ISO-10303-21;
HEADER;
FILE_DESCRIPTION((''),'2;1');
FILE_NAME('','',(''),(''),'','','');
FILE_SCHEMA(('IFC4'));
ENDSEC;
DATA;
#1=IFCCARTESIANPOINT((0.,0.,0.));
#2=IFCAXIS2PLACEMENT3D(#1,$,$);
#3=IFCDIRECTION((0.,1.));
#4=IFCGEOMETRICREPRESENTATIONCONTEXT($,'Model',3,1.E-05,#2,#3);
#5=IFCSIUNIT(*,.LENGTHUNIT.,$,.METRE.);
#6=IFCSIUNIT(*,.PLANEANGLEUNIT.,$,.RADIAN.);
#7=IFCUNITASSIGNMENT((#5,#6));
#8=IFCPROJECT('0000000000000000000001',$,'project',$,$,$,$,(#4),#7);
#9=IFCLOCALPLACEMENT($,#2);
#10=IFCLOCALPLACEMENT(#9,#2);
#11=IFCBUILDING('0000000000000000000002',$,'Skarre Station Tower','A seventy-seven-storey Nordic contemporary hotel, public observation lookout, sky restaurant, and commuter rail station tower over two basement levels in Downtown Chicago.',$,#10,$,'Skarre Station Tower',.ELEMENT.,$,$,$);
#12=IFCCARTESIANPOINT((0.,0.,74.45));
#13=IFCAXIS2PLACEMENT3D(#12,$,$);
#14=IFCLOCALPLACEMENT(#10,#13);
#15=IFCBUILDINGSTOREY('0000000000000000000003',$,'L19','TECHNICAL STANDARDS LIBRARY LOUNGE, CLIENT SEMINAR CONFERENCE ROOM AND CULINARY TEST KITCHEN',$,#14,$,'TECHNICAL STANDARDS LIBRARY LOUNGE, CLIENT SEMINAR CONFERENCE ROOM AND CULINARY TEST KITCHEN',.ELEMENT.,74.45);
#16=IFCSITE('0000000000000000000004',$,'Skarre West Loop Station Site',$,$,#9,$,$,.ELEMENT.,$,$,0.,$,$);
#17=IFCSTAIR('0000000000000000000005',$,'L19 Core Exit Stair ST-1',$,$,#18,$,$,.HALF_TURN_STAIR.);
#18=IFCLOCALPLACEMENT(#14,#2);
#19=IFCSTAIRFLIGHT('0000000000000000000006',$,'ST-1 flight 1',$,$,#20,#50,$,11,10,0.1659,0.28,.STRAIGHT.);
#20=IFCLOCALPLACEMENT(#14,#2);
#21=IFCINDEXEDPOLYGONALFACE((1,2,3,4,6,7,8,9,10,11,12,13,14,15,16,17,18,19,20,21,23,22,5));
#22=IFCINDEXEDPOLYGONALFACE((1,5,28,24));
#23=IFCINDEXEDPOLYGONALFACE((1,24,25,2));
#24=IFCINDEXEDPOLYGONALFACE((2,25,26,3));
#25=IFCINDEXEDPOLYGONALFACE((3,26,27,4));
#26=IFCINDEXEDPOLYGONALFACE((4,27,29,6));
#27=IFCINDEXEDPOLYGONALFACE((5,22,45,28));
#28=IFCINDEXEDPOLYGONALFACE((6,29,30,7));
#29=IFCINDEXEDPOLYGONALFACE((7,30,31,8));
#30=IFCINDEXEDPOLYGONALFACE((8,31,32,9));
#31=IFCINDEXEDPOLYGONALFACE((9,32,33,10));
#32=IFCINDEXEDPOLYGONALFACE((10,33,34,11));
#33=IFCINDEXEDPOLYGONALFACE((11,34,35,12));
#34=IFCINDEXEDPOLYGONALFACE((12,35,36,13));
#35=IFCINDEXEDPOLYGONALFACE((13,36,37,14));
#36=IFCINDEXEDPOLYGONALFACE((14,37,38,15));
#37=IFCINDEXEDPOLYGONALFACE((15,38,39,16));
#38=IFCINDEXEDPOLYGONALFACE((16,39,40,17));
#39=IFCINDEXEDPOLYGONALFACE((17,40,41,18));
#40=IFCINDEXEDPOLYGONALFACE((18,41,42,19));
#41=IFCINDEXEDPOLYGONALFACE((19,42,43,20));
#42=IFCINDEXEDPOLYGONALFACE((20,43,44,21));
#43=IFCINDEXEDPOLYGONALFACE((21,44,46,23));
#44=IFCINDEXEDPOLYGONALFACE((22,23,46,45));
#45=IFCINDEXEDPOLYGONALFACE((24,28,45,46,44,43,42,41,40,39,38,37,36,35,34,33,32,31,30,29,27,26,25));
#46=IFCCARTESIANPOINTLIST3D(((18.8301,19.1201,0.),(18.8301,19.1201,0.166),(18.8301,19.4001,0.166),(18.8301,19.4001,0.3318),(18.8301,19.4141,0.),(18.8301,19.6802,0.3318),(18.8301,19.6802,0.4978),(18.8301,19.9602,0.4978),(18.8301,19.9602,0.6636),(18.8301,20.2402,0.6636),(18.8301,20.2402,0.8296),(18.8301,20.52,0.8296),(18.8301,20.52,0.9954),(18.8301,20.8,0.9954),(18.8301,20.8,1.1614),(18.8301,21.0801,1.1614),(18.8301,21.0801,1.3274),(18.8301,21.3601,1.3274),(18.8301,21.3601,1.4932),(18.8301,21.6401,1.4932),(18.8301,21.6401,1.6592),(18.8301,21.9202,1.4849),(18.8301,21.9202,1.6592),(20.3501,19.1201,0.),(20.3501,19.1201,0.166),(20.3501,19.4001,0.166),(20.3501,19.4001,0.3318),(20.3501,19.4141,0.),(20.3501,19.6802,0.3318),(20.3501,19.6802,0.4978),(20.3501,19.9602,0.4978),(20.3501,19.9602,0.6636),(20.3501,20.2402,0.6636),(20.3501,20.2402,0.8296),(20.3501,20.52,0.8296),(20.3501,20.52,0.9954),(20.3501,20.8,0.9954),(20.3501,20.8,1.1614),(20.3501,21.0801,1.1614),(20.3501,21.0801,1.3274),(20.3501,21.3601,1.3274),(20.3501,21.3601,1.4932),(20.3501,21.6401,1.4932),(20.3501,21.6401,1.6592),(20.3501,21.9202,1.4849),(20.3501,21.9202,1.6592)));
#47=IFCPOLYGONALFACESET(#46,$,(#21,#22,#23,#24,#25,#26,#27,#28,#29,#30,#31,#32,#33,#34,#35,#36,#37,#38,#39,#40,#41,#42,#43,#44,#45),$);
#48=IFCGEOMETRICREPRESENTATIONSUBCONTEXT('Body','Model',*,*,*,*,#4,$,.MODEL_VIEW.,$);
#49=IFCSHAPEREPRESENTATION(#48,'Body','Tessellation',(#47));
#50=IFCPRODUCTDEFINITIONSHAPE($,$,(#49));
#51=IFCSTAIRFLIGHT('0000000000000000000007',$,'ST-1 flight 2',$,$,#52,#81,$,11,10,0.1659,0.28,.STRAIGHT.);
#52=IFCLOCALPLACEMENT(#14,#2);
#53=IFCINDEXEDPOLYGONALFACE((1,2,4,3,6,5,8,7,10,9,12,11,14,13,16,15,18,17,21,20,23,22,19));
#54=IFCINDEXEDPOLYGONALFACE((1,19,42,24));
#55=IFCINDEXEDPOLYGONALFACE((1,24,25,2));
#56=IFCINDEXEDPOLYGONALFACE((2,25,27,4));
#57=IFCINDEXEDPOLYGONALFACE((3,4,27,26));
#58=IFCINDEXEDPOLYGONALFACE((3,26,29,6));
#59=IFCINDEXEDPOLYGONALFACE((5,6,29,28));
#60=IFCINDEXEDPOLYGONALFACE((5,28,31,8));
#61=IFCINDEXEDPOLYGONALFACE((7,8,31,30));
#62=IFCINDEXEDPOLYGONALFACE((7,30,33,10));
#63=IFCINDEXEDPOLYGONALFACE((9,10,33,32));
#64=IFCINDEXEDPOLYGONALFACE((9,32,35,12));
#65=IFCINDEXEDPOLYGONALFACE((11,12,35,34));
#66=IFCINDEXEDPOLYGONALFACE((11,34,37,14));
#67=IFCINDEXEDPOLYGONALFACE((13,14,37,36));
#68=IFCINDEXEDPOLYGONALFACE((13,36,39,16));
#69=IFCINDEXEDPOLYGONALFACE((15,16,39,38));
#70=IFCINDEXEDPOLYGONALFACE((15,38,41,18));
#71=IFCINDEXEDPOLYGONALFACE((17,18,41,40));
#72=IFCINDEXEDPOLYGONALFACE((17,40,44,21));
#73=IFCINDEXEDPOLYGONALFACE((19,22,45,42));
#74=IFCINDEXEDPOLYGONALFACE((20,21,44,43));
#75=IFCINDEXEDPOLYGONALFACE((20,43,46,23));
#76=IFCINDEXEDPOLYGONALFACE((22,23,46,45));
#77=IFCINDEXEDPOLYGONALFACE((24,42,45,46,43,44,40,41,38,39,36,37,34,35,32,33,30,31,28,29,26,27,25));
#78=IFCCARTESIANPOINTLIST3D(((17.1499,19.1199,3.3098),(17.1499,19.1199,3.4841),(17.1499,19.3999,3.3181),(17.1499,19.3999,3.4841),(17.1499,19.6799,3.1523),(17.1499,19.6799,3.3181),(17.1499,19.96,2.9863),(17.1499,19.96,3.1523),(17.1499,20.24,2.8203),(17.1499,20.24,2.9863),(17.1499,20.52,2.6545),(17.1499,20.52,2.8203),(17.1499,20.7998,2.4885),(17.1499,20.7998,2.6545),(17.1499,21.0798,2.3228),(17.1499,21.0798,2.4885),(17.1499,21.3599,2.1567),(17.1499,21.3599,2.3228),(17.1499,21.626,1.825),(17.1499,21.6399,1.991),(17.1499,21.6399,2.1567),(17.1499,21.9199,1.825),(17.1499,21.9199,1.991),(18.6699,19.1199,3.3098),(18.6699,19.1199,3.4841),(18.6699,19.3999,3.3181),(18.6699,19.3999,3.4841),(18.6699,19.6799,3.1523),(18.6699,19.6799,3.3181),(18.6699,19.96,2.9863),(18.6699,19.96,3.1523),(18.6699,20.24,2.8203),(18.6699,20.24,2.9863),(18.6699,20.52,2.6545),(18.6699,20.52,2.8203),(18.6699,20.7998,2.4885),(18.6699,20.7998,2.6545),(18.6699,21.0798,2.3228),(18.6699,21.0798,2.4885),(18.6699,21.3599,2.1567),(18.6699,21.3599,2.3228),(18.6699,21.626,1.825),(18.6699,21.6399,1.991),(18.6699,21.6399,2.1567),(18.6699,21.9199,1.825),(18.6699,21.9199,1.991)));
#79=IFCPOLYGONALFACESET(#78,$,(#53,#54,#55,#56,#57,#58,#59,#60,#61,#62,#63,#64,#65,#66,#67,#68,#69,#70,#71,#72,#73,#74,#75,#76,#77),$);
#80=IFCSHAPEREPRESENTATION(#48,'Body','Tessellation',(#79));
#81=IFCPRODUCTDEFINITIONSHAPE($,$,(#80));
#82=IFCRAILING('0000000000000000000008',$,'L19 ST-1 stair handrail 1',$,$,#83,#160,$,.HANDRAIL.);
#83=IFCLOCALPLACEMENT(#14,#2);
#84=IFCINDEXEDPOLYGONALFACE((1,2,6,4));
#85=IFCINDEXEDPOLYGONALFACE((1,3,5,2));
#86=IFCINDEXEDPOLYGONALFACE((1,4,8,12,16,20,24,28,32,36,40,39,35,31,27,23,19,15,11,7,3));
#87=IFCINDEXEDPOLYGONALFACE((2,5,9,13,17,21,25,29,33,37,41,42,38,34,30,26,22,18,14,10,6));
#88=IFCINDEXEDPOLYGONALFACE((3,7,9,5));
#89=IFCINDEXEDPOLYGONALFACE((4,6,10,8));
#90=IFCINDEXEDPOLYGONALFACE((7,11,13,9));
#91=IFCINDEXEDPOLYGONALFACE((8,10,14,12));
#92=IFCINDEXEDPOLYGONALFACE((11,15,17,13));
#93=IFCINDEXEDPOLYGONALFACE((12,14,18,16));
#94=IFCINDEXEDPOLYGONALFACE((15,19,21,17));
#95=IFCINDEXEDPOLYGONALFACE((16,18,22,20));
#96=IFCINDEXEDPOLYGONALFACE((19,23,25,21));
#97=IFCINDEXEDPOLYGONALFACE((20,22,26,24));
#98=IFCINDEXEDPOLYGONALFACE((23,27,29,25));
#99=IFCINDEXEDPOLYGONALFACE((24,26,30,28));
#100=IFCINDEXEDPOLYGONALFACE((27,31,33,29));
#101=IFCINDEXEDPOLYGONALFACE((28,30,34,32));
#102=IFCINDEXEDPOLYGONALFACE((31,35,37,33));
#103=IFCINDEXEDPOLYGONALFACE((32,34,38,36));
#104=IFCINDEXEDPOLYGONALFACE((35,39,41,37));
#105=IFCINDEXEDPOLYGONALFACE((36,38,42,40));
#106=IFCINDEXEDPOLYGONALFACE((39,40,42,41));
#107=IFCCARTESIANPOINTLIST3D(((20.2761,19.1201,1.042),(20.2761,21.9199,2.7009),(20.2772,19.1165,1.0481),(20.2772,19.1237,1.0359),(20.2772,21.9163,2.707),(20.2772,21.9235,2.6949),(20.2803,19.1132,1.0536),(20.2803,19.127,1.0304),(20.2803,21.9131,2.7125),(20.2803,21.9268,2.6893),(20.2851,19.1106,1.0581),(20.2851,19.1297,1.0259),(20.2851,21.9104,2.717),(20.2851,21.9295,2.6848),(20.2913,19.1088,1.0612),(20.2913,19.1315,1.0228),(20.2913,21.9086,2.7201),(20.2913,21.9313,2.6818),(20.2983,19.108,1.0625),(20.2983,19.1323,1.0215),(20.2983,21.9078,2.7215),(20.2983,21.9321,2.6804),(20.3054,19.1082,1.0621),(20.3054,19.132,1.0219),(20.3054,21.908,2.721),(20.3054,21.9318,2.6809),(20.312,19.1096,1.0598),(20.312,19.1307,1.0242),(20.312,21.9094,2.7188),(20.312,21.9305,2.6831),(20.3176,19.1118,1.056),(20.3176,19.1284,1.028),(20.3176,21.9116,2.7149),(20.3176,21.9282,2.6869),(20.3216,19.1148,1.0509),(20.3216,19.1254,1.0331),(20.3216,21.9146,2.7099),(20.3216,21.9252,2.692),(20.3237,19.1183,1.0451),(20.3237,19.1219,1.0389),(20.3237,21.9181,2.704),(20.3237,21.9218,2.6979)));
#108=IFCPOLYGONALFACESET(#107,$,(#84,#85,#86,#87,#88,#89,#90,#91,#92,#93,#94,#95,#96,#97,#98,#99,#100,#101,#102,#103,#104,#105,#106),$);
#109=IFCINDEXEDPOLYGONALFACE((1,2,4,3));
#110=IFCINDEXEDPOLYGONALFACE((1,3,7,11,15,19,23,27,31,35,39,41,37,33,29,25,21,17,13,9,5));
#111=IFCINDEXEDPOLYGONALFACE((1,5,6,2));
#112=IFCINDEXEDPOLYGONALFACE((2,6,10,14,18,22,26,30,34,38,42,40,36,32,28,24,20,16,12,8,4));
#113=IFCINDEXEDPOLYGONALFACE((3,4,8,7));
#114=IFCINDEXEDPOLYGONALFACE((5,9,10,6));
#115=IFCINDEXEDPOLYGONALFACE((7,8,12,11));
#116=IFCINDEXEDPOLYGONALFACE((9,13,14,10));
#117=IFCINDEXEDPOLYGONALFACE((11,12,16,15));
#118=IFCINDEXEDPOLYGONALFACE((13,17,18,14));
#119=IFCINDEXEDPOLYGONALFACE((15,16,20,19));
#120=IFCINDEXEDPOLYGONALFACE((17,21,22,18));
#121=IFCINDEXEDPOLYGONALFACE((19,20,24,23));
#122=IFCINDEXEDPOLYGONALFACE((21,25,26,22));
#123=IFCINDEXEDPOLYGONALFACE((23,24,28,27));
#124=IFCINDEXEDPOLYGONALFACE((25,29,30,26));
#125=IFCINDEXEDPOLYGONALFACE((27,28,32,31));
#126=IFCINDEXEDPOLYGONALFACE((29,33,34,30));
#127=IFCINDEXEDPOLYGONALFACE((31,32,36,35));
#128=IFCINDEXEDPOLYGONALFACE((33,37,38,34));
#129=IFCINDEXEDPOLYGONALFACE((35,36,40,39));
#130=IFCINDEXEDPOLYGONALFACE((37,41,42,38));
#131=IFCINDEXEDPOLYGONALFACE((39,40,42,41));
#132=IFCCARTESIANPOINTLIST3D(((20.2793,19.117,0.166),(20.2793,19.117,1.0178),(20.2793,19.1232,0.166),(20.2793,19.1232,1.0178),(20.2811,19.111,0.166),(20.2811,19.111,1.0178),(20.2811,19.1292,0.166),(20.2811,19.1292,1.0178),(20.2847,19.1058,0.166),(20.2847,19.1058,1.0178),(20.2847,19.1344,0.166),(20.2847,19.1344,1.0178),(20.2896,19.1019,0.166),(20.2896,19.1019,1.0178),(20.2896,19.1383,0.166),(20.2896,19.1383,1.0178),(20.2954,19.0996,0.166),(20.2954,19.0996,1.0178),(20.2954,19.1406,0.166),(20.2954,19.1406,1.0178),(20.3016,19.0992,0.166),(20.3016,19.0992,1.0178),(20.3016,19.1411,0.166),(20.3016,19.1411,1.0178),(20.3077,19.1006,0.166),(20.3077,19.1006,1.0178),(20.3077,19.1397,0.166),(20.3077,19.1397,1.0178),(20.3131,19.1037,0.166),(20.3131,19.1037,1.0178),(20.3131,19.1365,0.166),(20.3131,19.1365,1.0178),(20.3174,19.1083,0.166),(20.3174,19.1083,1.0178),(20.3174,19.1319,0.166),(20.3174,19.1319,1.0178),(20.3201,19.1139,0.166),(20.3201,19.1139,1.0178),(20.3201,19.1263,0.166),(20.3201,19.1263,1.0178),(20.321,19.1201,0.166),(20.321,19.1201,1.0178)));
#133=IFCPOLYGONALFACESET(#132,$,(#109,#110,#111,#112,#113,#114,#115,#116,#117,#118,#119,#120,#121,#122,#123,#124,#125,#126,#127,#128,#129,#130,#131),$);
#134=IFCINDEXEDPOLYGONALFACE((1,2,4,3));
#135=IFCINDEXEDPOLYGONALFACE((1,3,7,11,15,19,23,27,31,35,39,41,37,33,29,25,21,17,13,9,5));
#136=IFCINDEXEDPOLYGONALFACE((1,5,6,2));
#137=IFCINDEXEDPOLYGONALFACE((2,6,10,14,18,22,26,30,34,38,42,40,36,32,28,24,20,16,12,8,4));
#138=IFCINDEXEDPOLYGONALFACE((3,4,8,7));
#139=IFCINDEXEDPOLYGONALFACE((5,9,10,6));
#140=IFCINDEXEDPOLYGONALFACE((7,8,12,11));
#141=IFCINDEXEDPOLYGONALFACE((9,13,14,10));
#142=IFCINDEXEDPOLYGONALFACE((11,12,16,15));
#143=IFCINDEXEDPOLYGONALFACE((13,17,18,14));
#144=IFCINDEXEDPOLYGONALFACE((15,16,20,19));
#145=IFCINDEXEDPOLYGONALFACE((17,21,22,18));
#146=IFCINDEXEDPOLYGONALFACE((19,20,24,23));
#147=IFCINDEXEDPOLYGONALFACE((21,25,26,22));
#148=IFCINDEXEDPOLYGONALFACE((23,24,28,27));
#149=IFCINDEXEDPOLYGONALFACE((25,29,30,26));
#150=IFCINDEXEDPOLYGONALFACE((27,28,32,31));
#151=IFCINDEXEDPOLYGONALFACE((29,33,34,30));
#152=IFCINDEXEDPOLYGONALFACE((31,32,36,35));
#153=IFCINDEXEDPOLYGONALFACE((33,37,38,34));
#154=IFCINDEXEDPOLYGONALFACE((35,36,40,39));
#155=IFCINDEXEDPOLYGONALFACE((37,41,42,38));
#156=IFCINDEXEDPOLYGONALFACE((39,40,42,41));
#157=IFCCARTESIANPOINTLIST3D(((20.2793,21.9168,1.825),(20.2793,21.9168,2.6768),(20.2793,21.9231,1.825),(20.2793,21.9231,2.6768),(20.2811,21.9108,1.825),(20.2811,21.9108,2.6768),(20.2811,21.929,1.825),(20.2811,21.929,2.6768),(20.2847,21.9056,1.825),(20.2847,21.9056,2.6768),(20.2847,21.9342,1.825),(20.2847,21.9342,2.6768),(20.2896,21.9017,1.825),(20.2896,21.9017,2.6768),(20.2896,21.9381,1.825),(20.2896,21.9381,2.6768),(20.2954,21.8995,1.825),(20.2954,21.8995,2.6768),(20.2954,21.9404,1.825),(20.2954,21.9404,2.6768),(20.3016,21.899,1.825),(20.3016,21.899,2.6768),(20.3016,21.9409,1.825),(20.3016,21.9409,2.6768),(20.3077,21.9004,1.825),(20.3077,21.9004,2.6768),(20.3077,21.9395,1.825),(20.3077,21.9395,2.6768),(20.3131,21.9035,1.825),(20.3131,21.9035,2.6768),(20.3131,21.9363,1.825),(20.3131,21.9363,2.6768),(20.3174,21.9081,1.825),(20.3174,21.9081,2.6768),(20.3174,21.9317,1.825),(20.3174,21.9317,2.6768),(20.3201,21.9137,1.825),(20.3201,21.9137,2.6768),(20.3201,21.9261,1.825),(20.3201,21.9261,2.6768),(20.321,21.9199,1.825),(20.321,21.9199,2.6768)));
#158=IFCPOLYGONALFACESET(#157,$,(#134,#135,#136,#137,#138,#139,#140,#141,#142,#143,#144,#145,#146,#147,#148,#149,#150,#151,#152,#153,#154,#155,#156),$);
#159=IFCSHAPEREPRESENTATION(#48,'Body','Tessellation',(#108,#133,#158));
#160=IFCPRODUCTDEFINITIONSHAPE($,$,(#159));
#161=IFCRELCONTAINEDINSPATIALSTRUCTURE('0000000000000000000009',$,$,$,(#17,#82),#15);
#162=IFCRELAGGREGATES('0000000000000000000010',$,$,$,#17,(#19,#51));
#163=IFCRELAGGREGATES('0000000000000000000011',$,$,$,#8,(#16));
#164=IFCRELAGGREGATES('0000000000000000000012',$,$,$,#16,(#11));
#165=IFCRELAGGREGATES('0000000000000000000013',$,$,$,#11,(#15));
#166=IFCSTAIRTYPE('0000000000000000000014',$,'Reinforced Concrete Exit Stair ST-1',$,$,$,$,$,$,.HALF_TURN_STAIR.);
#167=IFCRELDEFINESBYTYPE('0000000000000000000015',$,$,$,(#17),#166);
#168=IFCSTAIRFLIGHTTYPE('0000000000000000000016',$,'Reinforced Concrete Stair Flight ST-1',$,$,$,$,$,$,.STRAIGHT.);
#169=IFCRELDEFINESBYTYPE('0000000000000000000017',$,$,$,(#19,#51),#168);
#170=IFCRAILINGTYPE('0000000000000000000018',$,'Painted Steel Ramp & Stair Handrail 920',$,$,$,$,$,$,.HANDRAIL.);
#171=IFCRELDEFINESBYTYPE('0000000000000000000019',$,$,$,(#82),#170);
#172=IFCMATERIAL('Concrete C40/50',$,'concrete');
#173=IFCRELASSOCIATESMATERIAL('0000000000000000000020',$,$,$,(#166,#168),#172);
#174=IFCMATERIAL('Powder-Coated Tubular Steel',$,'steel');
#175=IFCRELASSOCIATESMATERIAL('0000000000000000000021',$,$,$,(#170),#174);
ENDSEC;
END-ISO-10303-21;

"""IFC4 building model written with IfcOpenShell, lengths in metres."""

from ifc_helpers import new_model, si_unit, direction, frame, origin, origin_2d, place, context, subcontext, project, spatial, polyline, circle, outline, extrude, material, type_object, element, aggregate, save


model = new_model("IFC4")

# Units and contexts
model_context = context("Model", 3, precision=1e-05, world=origin(), true_north=direction((0.0, 1.0)))
body_context = subcontext(model_context, "Body", "Model", "MODEL_VIEW")
ifc_project = project(units=[si_unit("LENGTHUNIT", "METRE"), si_unit("PLANEANGLEUNIT", "RADIAN")], contexts=[model_context])

# Site, building, storey
site_placement = place(None, origin())
site = spatial("IfcSite", under=ifc_project, at=site_placement, Name="Skarre West Loop Station Site", CompositionType="ELEMENT", RefElevation=0.0)
building_placement = place(site_placement, origin())
building = spatial("IfcBuilding", under=site, at=building_placement, Name="Skarre Station Tower", Description="A seventy-seven-storey Nordic contemporary hotel, public observation lookout, sky restaurant, and commuter rail station tower over two basement levels in Downtown Chicago.", LongName="Skarre Station Tower", CompositionType="ELEMENT")
storey_placement = place(building_placement, frame((0.0, 0.0, 74.45)))
storey = spatial("IfcBuildingStorey", under=building, at=storey_placement, Name="L19", Description="TECHNICAL STANDARDS LIBRARY LOUNGE, CLIENT SEMINAR CONFERENCE ROOM AND CULINARY TEST KITCHEN", LongName="TECHNICAL STANDARDS LIBRARY LOUNGE, CLIENT SEMINAR CONFERENCE ROOM AND CULINARY TEST KITCHEN", CompositionType="ELEMENT", Elevation=74.45)

# Stair
ifc_material_1 = material(Name="Concrete C40/50", Category="concrete")
stair_type_1 = type_object("IfcStairType", Name="Reinforced Concrete Exit Stair ST-1", PredefinedType="HALF_TURN_STAIR", material=ifc_material_1)
stair_1_placement = place(storey_placement, origin())
stair_1 = element("IfcStair", 1, at=stair_1_placement, inside=storey, type_object=stair_type_1, Name="L19 Core Exit Stair ST-1", PredefinedType="HALF_TURN_STAIR")

# Stair flights
stair_flight_type = type_object("IfcStairFlightType", Name="Reinforced Concrete Stair Flight ST-1", PredefinedType="STRAIGHT", material=ifc_material_1)
stair_flight_1_placement = place(storey_placement, frame((19.5901, 19.1201, 0.0), z_axis=(0.0, 0.0, 1.0), x_axis=(0.0, 1.0, 0.0)))
stair_flight_1 = element("IfcStairFlight", 2, at=stair_flight_1_placement, type_object=stair_flight_type, Name="ST-1 flight 1", NumberOfRisers=11, NumberOfTreads=10, PredefinedType="STRAIGHT", RiserHeight=0.1659, TreadLength=0.28, context=body_context, shape_type="SweptSolid", body=[
    extrude(outline(polyline([(0.0, 0.0), (0.0, 0.166), (0.28, 0.166), (0.28, 0.3318), (0.5601, 0.3318), (0.5601, 0.4978), (0.8401, 0.4978), (0.8401, 0.6636), (1.1201, 0.6636), (1.1201, 0.8296), (1.3999, 0.8296), (1.3999, 0.9954), (1.6799, 0.9954), (1.6799, 1.1614), (1.96, 1.1614), (1.96, 1.3274), (2.24, 1.3274), (2.24, 1.4932), (2.52, 1.4932), (2.52, 1.6592), (2.8, 1.6592), (2.8, 1.825), (2.8, 1.4849), (0.2939, 0.0), (0.0, 0.0)])), frame((0.0, 0.76, 0.0), z_axis=(0.0, -1.0, 0.0), x_axis=(1.0, 0.0, 0.0)), (0.0, 0.0, 1.0), 1.52),
])
stair_flight_2_placement = place(storey_placement, frame((17.9099, 21.9199, 1.825), z_axis=(0.0, 0.0, 1.0), x_axis=(0.0, -1.0, 0.0)))
stair_flight_2 = element("IfcStairFlight", 3, at=stair_flight_2_placement, type_object=stair_flight_type, Name="ST-1 flight 2", NumberOfRisers=11, NumberOfTreads=10, PredefinedType="STRAIGHT", RiserHeight=0.1659, TreadLength=0.28, context=body_context, shape_type="SweptSolid", body=[
    extrude(outline(polyline([(0.0, 0.0), (0.0, 0.166), (0.28, 0.166), (0.28, 0.3318), (0.5601, 0.3318), (0.5601, 0.4978), (0.8401, 0.4978), (0.8401, 0.6636), (1.1201, 0.6636), (1.1201, 0.8296), (1.3999, 0.8296), (1.3999, 0.9954), (1.6799, 0.9954), (1.6799, 1.1614), (1.96, 1.1614), (1.96, 1.3274), (2.24, 1.3274), (2.24, 1.4932), (2.52, 1.4932), (2.52, 1.6592), (2.8, 1.6592), (2.8, 1.825), (2.8, 1.4849), (0.2939, 0.0), (0.0, 0.0)])), frame((0.0, 0.76, 0.0), z_axis=(0.0, -1.0, 0.0), x_axis=(1.0, 0.0, 0.0)), (0.0, 0.0, 1.0), 1.52),
])
aggregate(stair_1, [stair_flight_1, stair_flight_2])

# Railing
ifc_material_2 = material(Name="Powder-Coated Tubular Steel", Category="steel")
railing_type_1 = type_object("IfcRailingType", Name="Painted Steel Ramp & Stair Handrail 920", PredefinedType="HANDRAIL", material=ifc_material_2)
railing_1_placement = place(storey_placement, frame((20.3, 19.1201, 0.166)))
element("IfcRailing", 4, at=railing_1_placement, inside=storey, type_object=railing_type_1, Name="L19 ST-1 stair handrail 1", PredefinedType="HANDRAIL", context=body_context, shape_type="SweptSolid", body=[
    extrude(circle(Radius=0.0239, at=origin_2d()), frame((0.0, 0.0, 0.876), z_axis=(0.0, 0.86032, 0.509755), x_axis=(-1.0, 0.0, 0.0)), (0.0, 0.0, 1.0), 3.2544),
    extrude(circle(Radius=0.021, at=origin_2d()), origin(), (0.0, 0.0, 1.0), 0.8518),
    extrude(circle(Radius=0.021, at=origin_2d()), frame((0.0, 2.7998, 1.6589)), (0.0, 0.0, 1.0), 0.8518),
])

save(model, "model.ifc")
